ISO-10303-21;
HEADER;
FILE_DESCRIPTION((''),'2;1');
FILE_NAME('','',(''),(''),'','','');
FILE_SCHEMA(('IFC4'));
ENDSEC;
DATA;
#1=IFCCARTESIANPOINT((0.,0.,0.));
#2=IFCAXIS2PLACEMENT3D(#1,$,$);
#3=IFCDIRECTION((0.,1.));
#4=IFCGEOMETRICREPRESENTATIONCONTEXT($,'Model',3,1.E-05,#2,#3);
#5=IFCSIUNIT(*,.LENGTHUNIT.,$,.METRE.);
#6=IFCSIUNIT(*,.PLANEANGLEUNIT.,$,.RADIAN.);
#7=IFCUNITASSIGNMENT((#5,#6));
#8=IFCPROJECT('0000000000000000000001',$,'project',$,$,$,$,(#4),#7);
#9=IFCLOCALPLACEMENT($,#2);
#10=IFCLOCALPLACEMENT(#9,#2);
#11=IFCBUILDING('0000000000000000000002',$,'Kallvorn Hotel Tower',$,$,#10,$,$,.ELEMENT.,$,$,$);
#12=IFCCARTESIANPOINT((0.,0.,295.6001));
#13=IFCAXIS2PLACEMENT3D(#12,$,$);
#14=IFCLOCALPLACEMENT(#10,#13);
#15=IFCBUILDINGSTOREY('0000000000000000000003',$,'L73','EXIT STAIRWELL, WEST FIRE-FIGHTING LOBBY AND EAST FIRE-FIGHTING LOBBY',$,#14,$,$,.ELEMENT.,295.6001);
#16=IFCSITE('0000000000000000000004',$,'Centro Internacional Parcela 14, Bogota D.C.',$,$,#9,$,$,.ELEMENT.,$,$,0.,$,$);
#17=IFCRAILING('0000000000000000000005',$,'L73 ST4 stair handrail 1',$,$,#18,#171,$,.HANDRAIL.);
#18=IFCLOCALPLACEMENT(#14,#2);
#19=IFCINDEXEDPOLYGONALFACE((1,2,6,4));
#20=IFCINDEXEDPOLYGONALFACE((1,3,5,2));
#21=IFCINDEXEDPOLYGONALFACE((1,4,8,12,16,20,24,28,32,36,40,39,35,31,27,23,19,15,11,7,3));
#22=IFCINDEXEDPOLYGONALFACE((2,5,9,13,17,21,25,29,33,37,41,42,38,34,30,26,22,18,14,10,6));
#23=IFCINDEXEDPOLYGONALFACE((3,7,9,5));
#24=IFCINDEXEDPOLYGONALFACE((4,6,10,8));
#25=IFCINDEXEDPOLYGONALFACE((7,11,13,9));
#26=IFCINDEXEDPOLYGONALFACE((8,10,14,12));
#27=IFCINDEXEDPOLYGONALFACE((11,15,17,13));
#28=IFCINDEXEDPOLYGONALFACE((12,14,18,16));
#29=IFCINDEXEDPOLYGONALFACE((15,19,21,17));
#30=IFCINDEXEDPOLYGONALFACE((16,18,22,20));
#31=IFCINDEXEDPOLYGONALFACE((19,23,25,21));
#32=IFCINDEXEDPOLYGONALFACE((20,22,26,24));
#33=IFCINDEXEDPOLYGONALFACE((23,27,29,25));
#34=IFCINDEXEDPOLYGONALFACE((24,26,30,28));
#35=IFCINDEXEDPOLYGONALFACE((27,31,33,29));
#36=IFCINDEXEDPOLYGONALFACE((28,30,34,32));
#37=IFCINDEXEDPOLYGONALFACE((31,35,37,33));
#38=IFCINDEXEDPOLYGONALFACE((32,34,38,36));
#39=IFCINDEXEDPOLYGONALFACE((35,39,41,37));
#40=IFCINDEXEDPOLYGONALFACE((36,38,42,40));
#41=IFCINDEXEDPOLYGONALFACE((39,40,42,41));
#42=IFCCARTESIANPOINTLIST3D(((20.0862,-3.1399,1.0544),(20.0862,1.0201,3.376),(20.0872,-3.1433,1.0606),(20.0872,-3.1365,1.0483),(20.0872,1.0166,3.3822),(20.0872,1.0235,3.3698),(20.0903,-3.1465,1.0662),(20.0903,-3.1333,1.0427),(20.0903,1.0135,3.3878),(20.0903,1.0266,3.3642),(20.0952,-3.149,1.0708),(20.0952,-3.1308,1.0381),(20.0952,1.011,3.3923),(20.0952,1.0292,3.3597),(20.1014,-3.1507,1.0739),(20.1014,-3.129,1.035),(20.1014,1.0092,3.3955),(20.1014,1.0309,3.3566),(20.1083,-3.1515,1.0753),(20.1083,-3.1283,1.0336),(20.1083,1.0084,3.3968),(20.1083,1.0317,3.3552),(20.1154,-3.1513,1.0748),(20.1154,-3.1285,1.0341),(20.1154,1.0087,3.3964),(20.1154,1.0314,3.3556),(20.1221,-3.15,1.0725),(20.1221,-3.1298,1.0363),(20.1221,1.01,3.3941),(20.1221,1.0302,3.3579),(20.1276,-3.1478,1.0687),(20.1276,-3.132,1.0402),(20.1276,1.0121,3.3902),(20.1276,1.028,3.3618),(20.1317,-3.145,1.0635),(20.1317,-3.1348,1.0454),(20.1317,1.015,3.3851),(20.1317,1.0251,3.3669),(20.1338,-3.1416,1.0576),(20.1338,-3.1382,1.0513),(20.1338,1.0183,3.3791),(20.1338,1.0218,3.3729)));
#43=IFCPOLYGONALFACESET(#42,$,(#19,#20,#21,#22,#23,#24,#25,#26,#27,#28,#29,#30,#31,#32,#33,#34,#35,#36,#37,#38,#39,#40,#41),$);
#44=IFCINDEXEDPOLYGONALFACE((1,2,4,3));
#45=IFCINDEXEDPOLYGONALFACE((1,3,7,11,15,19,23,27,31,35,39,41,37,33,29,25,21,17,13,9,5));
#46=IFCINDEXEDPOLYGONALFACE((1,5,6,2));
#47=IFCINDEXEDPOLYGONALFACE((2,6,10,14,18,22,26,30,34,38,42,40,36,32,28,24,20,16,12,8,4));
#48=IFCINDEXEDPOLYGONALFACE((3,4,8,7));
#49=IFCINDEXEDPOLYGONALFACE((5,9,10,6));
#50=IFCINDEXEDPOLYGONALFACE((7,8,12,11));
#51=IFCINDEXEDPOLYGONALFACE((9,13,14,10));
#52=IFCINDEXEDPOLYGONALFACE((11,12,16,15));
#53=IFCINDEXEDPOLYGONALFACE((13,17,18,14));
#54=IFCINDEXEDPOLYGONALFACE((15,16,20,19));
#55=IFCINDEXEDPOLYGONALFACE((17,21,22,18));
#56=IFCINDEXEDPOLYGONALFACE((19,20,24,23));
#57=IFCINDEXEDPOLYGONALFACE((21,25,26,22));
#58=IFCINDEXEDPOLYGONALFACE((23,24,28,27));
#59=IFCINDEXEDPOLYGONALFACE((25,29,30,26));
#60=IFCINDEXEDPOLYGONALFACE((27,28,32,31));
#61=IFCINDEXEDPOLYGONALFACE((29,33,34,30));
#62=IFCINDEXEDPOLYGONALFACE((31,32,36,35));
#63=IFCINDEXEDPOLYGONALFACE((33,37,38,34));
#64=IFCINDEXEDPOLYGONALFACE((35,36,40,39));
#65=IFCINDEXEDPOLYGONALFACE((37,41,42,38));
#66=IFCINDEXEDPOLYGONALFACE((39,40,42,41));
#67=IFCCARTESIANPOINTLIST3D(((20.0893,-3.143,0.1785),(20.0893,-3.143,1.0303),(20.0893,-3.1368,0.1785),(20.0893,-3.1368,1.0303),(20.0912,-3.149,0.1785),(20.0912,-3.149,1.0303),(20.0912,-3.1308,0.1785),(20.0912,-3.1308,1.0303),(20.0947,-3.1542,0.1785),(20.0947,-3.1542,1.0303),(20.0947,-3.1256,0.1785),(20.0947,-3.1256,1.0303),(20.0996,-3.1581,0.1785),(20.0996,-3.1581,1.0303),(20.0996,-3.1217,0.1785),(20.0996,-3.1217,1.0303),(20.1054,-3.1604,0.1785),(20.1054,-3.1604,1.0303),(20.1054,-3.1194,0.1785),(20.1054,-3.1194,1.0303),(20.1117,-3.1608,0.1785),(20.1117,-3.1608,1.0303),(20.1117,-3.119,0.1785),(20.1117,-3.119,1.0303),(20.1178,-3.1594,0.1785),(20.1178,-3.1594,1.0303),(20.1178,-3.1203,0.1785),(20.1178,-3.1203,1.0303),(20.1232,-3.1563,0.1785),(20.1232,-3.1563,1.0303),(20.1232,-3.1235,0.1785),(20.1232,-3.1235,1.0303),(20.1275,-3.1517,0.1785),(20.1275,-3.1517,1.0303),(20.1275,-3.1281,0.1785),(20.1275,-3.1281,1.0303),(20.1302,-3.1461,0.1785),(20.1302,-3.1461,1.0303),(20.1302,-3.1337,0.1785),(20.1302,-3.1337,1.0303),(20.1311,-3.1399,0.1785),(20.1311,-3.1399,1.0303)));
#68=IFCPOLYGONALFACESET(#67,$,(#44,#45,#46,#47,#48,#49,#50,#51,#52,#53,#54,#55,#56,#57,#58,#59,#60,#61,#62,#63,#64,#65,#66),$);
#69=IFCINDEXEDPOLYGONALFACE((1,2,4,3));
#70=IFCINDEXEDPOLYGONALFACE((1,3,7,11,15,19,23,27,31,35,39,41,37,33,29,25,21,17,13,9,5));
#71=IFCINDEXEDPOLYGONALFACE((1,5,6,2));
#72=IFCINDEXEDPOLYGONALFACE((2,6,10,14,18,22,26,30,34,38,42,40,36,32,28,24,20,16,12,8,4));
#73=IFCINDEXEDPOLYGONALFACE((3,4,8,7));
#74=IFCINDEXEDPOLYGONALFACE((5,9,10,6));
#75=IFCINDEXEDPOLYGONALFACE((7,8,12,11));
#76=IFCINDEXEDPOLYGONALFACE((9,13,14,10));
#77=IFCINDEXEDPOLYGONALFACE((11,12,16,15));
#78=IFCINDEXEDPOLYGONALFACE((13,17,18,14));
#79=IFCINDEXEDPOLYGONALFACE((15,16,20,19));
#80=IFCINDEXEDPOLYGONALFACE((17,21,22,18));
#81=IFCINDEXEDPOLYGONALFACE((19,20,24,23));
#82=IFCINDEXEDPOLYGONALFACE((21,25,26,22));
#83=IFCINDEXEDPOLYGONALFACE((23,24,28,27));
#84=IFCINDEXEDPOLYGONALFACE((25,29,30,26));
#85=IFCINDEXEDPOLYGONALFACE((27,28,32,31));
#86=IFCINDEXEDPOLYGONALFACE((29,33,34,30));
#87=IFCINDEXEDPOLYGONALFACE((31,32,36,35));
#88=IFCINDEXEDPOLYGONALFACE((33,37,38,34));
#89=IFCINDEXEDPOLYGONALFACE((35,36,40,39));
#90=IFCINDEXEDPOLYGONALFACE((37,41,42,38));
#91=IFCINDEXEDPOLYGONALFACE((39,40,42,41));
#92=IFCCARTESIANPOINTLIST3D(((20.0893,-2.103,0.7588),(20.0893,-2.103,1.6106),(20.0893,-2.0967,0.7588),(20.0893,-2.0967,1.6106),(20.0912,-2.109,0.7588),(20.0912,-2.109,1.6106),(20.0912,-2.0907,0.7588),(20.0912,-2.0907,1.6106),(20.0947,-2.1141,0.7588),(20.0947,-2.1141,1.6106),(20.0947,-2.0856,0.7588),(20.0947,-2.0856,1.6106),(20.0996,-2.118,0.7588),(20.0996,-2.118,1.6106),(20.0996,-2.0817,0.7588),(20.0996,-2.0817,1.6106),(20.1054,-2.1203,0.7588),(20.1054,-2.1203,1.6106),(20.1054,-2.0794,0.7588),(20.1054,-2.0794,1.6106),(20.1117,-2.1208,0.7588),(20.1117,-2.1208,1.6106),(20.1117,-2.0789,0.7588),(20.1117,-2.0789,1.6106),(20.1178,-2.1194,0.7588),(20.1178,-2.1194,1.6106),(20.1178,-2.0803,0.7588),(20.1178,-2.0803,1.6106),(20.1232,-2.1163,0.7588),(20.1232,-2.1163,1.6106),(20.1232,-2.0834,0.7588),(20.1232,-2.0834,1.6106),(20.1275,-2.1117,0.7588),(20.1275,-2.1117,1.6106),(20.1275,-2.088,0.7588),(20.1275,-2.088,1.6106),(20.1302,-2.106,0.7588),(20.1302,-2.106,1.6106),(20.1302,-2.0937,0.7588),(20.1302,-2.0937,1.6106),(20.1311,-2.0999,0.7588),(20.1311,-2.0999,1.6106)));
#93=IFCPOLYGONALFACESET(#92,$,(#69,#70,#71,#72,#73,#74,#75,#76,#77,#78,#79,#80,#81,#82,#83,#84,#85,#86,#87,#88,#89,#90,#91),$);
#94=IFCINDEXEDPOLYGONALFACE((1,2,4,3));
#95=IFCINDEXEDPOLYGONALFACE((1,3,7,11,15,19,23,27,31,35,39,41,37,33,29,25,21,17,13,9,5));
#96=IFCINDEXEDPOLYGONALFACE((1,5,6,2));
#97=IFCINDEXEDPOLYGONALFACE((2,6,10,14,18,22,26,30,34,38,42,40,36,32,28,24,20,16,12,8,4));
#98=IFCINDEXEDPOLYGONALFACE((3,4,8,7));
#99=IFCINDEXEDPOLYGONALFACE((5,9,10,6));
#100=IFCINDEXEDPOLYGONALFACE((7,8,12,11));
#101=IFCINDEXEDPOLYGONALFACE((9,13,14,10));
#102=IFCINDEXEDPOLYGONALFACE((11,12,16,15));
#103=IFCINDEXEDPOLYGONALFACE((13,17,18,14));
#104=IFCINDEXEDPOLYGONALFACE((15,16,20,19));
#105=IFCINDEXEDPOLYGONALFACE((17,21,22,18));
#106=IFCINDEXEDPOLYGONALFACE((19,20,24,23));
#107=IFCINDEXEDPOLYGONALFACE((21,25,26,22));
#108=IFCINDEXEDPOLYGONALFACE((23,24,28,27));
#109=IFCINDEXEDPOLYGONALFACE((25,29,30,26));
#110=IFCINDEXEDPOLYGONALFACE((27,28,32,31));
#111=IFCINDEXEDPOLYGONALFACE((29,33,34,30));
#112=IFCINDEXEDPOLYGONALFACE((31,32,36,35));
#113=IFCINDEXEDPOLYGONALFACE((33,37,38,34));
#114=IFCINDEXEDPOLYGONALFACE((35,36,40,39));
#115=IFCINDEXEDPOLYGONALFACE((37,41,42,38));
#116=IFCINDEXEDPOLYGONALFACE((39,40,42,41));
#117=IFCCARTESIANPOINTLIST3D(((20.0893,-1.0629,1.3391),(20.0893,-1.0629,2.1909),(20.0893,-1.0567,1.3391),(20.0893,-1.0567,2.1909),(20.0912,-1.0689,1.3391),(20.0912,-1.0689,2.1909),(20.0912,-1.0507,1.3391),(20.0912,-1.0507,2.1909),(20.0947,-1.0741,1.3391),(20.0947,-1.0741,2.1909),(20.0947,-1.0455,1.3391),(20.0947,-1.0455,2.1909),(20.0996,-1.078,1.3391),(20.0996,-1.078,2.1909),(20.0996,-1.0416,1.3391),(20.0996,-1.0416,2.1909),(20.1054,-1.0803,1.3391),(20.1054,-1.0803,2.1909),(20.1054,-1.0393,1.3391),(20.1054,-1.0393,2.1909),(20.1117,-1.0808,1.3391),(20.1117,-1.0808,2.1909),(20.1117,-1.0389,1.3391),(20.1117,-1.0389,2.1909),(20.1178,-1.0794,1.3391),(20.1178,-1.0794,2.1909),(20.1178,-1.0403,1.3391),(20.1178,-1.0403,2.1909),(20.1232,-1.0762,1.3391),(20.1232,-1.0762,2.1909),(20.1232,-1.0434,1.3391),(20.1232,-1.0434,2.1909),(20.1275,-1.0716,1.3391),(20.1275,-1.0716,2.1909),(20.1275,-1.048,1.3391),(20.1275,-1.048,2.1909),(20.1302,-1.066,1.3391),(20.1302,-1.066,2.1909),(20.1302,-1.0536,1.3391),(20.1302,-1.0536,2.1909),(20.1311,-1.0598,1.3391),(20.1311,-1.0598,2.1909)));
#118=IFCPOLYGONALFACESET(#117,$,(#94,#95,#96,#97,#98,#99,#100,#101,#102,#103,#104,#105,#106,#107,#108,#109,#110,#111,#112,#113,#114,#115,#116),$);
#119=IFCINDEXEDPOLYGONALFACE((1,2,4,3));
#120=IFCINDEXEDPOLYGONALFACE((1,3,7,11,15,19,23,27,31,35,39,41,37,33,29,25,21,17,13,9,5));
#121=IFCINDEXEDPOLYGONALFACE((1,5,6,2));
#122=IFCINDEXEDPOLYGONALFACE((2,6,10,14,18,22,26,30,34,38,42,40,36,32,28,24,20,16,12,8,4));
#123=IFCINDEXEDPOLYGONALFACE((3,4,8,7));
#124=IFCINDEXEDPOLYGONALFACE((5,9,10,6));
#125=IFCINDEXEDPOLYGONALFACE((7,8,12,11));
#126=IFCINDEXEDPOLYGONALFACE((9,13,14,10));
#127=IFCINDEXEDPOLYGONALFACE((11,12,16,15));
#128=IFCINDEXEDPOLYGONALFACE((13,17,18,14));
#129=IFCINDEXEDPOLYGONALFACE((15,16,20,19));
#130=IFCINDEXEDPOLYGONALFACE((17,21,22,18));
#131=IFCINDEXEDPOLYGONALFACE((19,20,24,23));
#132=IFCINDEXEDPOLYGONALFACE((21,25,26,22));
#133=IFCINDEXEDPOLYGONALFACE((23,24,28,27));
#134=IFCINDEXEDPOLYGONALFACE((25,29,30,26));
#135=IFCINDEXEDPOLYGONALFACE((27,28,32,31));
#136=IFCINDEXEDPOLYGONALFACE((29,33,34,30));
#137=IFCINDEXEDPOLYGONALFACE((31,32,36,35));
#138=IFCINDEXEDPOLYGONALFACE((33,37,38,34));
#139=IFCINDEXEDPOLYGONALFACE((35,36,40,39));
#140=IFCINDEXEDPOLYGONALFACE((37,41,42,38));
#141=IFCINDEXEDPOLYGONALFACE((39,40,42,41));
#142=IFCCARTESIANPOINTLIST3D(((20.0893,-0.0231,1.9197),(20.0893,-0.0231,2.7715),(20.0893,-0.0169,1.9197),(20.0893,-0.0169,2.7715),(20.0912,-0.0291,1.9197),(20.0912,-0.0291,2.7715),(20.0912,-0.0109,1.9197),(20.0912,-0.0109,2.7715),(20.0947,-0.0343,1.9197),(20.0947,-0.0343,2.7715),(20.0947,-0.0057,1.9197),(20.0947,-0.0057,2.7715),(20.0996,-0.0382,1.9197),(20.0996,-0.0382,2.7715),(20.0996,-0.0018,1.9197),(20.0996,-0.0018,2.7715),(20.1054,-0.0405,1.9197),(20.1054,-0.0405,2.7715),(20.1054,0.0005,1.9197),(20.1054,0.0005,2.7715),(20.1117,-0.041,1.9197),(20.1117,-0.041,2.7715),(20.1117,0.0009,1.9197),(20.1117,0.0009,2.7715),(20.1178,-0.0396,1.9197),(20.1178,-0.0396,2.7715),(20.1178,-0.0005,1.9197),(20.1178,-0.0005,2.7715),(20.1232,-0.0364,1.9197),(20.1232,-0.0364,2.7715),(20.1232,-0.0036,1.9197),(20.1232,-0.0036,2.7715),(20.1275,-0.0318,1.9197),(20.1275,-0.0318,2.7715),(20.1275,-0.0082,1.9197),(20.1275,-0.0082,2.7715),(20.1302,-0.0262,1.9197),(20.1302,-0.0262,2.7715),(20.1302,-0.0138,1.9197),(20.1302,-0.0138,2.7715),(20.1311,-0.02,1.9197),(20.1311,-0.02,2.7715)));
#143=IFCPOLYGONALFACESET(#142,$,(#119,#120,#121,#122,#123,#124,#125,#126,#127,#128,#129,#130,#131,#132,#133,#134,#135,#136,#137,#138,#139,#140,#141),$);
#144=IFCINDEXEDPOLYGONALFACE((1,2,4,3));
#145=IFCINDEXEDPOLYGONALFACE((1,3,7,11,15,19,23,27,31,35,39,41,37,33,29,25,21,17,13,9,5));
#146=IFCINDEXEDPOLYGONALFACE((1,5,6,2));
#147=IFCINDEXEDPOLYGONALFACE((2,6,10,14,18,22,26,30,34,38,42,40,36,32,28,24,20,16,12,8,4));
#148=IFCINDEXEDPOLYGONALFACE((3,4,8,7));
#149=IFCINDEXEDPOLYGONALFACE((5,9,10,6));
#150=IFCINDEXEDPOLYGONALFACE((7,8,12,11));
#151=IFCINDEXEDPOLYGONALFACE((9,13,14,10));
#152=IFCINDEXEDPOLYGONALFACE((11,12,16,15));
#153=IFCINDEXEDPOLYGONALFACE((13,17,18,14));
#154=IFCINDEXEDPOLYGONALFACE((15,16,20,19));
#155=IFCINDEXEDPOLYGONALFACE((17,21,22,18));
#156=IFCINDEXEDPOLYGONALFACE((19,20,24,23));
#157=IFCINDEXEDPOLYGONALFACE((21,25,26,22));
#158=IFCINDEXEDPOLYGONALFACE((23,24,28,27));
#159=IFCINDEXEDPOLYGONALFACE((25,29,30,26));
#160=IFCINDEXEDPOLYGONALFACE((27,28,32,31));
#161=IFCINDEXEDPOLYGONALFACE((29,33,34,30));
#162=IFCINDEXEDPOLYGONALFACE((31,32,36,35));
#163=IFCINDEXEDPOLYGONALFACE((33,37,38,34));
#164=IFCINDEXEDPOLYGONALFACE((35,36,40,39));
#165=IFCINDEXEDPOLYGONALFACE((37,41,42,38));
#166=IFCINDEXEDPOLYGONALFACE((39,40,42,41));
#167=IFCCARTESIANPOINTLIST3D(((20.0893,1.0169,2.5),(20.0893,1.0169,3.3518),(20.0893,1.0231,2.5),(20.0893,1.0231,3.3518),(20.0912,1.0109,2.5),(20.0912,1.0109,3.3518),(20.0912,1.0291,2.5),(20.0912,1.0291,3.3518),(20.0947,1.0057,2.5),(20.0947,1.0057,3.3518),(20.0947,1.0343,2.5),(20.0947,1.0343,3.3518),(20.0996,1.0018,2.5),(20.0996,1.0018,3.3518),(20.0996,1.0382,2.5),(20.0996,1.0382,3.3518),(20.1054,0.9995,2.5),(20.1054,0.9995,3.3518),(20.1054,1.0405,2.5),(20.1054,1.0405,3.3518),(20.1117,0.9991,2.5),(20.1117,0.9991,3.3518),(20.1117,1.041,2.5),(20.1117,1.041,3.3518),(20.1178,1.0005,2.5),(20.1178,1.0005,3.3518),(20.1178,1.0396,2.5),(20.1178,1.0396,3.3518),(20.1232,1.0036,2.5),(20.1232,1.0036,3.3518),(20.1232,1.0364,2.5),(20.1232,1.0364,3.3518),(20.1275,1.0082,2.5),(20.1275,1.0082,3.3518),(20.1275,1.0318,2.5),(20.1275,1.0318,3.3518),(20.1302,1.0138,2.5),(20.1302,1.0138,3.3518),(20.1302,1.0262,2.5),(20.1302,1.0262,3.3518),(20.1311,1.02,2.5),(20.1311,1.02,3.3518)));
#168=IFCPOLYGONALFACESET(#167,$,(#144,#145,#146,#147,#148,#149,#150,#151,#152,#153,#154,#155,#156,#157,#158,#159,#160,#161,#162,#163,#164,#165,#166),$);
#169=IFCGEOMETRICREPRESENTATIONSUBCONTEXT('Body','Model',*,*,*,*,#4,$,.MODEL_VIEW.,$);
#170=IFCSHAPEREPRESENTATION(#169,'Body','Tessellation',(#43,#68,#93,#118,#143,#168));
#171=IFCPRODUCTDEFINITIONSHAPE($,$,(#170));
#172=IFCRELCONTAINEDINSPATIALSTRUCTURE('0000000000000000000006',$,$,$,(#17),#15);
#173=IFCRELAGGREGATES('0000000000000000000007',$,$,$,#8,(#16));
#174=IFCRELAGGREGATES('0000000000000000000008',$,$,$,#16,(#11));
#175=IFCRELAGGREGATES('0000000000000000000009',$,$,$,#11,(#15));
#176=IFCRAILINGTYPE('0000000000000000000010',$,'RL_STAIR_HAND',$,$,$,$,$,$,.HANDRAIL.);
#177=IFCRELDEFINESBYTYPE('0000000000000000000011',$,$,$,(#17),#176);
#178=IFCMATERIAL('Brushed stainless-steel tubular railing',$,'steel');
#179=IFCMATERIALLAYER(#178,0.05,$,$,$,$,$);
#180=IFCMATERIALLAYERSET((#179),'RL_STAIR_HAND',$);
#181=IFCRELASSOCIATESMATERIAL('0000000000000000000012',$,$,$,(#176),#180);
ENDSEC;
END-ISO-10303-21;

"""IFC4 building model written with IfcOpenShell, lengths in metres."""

from ifc_helpers import new_model, si_unit, direction, frame, origin, origin_2d, place, context, subcontext, project, spatial, circle, extrude, material, layer, layer_set, type_object, element, save


model = new_model("IFC4")

# Units and contexts
model_context = context("Model", 3, precision=1e-05, world=origin(), true_north=direction((0.0, 1.0)))
body_context = subcontext(model_context, "Body", "Model", "MODEL_VIEW")
ifc_project = project(units=[si_unit("LENGTHUNIT", "METRE"), si_unit("PLANEANGLEUNIT", "RADIAN")], contexts=[model_context])

# Site, building, storey
site_placement = place(None, origin())
site = spatial("IfcSite", under=ifc_project, at=site_placement, Name="Centro Internacional Parcela 14, Bogota D.C.", CompositionType="ELEMENT", RefElevation=0.0)
building_placement = place(site_placement, origin())
building = spatial("IfcBuilding", under=site, at=building_placement, Name="Kallvorn Hotel Tower", CompositionType="ELEMENT")
storey_placement = place(building_placement, frame((0.0, 0.0, 295.6001)))
storey = spatial("IfcBuildingStorey", under=building, at=storey_placement, Name="L73", Description="EXIT STAIRWELL, WEST FIRE-FIGHTING LOBBY AND EAST FIRE-FIGHTING LOBBY", CompositionType="ELEMENT", Elevation=295.6001)

# Railing
ifc_material_1 = material(Name="Brushed stainless-steel tubular railing", Category="steel")
ifc_layer_1 = layer(ifc_material_1, 0.05)
ifc_layer_set_1 = layer_set([ifc_layer_1], Name="RL_STAIR_HAND")
railing_type_1 = type_object("IfcRailingType", Name="RL_STAIR_HAND", PredefinedType="HANDRAIL", material=ifc_layer_set_1)
railing_1_placement = place(storey_placement, frame((20.1101, -3.1399, 0.1785)))
element("IfcRailing", 1, at=railing_1_placement, inside=storey, type_object=railing_type_1, Name="L73 ST4 stair handrail 1", PredefinedType="HANDRAIL", context=body_context, shape_type="SweptSolid", body=[
    extrude(circle(Radius=0.0239, at=origin_2d()), frame((0.0, 0.0, 0.876), z_axis=(0.0, 0.873223, 0.487322), x_axis=(-1.0, 0.0, 0.0)), (0.0, 0.0, 1.0), 4.7639),
    extrude(circle(Radius=0.021, at=origin_2d()), origin(), (0.0, 0.0, 1.0), 0.8518),
    extrude(circle(Radius=0.021, at=origin_2d()), frame((0.0, 1.04, 0.5803)), (0.0, 0.0, 1.0), 0.8518),
    extrude(circle(Radius=0.021, at=origin_2d()), frame((0.0, 2.0801, 1.1606)), (0.0, 0.0, 1.0), 0.8518),
    extrude(circle(Radius=0.021, at=origin_2d()), frame((0.0, 3.1199, 1.7412)), (0.0, 0.0, 1.0), 0.8518),
    extrude(circle(Radius=0.021, at=origin_2d()), frame((0.0, 4.1599, 2.3215)), (0.0, 0.0, 1.0), 0.8518),
])

save(model, "model.ifc")
